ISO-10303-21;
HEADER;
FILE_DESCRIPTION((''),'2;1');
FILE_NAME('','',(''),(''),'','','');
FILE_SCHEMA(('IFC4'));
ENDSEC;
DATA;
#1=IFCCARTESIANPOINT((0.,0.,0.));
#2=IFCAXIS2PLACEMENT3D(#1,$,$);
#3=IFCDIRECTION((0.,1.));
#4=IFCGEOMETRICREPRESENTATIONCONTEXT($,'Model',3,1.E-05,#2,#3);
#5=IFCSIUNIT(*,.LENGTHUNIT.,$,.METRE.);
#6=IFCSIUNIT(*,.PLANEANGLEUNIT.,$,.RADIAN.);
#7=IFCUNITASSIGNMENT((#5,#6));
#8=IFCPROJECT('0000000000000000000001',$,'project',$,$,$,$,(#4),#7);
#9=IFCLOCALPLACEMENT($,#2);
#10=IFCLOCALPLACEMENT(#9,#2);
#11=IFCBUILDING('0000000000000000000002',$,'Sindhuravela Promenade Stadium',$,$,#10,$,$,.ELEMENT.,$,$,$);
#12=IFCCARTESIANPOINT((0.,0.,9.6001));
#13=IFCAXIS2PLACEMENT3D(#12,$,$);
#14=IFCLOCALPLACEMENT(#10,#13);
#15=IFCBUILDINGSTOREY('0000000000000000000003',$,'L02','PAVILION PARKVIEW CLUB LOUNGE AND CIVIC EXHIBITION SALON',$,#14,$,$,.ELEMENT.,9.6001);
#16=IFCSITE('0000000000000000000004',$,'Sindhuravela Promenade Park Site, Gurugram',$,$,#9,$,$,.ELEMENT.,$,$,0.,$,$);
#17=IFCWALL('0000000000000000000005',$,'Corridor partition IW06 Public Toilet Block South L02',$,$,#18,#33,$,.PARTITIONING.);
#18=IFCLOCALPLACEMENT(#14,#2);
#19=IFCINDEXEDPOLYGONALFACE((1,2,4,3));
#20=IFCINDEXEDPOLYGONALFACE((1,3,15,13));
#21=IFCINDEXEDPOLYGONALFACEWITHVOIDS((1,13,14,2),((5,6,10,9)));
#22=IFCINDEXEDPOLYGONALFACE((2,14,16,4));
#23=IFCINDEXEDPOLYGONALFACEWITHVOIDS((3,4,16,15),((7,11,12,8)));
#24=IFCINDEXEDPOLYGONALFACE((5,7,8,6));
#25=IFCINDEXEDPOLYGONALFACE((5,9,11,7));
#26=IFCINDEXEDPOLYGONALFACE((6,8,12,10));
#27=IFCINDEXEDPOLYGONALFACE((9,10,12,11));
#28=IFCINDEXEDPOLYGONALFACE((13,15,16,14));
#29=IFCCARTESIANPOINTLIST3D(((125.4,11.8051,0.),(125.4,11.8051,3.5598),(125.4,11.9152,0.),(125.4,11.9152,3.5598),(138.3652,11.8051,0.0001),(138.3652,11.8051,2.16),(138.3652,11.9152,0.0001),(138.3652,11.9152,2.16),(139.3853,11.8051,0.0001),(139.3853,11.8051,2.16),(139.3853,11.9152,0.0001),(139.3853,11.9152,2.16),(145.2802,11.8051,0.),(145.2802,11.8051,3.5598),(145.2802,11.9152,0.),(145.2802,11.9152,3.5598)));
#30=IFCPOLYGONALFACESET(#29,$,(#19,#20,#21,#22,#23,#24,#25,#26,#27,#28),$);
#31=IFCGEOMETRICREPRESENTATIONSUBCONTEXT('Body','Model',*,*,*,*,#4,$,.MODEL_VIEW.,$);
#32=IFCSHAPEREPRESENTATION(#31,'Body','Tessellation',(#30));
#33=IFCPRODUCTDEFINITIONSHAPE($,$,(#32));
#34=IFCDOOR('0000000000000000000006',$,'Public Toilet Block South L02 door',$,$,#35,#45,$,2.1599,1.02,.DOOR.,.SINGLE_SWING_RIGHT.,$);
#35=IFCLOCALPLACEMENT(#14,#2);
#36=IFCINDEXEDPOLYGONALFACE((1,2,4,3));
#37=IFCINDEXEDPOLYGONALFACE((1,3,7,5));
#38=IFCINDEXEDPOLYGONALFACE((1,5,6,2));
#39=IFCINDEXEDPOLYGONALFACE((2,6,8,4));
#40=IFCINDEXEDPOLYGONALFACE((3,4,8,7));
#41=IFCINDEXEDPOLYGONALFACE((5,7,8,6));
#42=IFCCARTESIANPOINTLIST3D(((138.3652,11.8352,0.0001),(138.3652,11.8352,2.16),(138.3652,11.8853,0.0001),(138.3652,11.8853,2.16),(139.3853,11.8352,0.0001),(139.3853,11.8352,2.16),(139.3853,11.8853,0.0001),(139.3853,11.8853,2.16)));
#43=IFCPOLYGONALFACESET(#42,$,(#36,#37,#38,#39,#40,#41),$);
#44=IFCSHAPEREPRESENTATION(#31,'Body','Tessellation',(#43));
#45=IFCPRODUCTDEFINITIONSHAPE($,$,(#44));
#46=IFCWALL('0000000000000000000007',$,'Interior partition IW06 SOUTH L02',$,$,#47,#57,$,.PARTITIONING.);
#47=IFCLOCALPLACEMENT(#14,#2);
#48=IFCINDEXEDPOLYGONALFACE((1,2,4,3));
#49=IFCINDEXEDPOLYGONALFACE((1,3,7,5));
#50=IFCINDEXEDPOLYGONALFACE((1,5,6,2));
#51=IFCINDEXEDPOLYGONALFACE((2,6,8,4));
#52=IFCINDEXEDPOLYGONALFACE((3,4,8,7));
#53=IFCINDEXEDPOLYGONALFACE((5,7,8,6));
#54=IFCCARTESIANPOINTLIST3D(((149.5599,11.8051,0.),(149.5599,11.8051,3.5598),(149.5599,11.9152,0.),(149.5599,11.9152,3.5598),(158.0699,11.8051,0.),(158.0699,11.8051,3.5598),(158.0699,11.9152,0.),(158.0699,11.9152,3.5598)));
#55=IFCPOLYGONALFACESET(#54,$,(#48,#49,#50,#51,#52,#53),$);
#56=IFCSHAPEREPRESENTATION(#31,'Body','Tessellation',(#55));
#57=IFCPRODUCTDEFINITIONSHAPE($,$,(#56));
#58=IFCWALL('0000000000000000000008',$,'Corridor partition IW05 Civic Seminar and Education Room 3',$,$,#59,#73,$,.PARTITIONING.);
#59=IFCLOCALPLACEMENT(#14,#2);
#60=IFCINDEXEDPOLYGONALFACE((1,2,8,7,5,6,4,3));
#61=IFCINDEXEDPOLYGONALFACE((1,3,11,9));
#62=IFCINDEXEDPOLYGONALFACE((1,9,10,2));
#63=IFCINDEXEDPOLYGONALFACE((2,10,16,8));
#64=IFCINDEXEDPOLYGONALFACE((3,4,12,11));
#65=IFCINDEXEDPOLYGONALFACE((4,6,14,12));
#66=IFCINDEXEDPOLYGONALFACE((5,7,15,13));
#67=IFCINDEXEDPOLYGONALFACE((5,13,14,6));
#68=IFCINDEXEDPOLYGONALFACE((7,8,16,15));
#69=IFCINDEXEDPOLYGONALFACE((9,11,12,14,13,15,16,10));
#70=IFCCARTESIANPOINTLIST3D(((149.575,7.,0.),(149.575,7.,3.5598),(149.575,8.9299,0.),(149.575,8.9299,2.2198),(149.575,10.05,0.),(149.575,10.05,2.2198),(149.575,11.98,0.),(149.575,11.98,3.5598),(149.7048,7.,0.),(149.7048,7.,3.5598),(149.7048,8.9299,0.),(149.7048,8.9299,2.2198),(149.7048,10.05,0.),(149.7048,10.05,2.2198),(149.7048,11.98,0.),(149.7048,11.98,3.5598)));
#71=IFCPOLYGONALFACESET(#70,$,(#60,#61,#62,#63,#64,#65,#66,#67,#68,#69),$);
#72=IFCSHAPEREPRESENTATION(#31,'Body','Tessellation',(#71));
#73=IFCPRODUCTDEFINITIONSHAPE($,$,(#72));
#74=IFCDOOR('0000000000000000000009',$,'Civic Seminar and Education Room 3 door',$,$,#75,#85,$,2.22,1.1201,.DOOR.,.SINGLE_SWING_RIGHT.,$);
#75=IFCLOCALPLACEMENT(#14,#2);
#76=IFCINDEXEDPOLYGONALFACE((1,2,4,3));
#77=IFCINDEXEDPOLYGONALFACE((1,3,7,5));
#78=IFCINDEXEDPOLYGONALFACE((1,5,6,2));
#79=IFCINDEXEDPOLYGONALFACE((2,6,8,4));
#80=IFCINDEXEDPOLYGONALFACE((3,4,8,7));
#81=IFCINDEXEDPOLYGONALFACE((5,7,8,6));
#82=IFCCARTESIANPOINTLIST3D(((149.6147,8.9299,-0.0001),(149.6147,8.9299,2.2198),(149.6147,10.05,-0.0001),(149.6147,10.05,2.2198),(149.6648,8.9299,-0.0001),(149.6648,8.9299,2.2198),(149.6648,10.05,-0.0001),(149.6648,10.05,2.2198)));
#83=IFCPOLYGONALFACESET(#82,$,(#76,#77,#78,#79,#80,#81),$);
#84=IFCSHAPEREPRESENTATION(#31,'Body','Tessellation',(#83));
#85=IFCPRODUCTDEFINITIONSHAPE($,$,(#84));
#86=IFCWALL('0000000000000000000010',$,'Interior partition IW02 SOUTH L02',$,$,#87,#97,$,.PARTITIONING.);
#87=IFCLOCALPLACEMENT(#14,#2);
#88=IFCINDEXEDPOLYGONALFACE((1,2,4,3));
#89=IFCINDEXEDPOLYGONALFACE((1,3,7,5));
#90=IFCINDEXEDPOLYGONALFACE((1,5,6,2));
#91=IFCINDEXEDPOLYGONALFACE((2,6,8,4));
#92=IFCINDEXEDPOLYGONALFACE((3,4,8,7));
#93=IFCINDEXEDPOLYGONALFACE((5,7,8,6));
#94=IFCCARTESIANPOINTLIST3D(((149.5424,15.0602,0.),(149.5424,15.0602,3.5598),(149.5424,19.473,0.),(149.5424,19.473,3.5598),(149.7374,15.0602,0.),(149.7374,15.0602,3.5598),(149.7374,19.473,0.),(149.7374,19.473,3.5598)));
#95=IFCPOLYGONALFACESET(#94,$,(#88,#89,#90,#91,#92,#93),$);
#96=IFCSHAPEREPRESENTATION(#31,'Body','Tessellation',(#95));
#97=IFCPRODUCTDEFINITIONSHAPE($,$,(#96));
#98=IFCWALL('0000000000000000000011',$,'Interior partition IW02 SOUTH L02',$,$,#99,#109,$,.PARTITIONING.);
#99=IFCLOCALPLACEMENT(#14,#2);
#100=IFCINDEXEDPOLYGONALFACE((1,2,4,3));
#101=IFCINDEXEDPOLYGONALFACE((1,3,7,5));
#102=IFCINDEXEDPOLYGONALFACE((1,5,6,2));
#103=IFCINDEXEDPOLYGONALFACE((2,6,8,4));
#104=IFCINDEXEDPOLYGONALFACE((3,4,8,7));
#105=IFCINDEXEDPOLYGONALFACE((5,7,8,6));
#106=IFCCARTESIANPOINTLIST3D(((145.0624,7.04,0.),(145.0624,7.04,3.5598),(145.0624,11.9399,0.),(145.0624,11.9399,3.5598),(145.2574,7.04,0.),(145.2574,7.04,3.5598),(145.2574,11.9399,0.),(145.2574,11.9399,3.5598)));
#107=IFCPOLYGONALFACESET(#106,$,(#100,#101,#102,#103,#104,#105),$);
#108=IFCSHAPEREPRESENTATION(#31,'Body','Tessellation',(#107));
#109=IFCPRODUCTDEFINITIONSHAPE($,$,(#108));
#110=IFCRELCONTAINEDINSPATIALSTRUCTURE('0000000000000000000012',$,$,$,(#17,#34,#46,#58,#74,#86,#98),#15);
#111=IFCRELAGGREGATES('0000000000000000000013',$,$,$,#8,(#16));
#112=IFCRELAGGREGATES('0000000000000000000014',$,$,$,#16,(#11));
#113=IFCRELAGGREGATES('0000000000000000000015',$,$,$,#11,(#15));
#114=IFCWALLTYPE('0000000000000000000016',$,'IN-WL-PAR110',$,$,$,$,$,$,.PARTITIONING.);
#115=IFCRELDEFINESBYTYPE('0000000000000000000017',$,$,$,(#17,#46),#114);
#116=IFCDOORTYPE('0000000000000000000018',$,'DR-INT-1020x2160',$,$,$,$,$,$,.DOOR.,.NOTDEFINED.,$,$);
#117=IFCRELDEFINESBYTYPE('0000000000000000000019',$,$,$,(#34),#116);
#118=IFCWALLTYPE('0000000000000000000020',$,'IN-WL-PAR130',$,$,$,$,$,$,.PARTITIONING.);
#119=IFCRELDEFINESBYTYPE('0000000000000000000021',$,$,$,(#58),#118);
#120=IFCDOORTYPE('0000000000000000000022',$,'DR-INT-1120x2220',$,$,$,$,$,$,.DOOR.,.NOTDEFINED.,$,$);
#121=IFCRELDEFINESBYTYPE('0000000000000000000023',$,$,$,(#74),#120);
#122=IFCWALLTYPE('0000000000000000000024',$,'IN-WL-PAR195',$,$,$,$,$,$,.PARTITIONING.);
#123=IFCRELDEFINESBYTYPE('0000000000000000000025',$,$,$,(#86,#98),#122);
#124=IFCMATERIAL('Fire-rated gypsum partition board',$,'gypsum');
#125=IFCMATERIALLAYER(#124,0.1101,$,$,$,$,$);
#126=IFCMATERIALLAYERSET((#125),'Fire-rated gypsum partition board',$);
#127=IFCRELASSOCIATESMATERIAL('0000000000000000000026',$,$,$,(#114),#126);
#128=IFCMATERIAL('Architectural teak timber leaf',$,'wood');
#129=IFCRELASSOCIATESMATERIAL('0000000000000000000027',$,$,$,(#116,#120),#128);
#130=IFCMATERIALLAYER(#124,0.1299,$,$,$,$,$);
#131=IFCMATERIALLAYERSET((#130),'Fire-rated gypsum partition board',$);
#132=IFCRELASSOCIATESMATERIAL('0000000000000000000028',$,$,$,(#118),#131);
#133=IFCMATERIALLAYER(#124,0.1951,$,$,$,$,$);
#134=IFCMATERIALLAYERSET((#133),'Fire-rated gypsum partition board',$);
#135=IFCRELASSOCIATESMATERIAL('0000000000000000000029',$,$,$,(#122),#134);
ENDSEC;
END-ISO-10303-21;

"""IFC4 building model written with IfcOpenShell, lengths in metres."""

from ifc_helpers import new_model, si_unit, direction, frame, frame_2d, origin, place, context, subcontext, project, spatial, rectangle, extrude, material, layer, layer_set, type_object, element, fill, save


model = new_model("IFC4")

# Units and contexts
model_context = context("Model", 3, precision=1e-05, world=origin(), true_north=direction((0.0, 1.0)))
body_context = subcontext(model_context, "Body", "Model", "MODEL_VIEW")
ifc_project = project(units=[si_unit("LENGTHUNIT", "METRE"), si_unit("PLANEANGLEUNIT", "RADIAN")], contexts=[model_context])

# Site, building, storey
site_placement = place(None, origin())
site = spatial("IfcSite", under=ifc_project, at=site_placement, Name="Sindhuravela Promenade Park Site, Gurugram", CompositionType="ELEMENT", RefElevation=0.0)
building_placement = place(site_placement, origin())
building = spatial("IfcBuilding", under=site, at=building_placement, Name="Sindhuravela Promenade Stadium", CompositionType="ELEMENT")
storey_placement = place(building_placement, frame((0.0, 0.0, 9.6001)))
storey = spatial("IfcBuildingStorey", under=building, at=storey_placement, Name="L02", Description="PAVILION PARKVIEW CLUB LOUNGE AND CIVIC EXHIBITION SALON", CompositionType="ELEMENT", Elevation=9.6001)

# Wall, opening, door
ifc_material_1 = material(Name="Fire-rated gypsum partition board", Category="gypsum")
ifc_layer_1 = layer(ifc_material_1, 0.1101)
ifc_layer_set_1 = layer_set([ifc_layer_1], Name="Fire-rated gypsum partition board")
wall_type_1 = type_object("IfcWallType", Name="IN-WL-PAR110", PredefinedType="PARTITIONING", material=ifc_layer_set_1)
wall_1_placement = place(storey_placement, frame((145.28, 11.8601, 0.0), z_axis=(0.0, 0.0, 1.0), x_axis=(-1.0, 0.0, 0.0)))
wall_1 = element("IfcWall", 1, at=wall_1_placement, inside=storey, type_object=wall_type_1, Name="Corridor partition IW06 Public Toilet Block South L02", PredefinedType="PARTITIONING", context=body_context, shape_type="SweptSolid", body=[
    extrude(rectangle(XDim=19.8801, YDim=0.1101, at=frame_2d((9.9399, 0.0))), origin(), (0.0, 0.0, 1.0), 3.5598),
])
opening_1_placement = place(wall_1_placement, frame((5.8948, 0.0, 0.0)))
opening_1 = element("IfcOpeningElement", 2, at=opening_1_placement, cuts=wall_1, PredefinedType="OPENING", context=body_context, shape_type="SweptSolid", body=[
    extrude(rectangle(XDim=1.02, YDim=2.1599, at=frame_2d((0.51, 1.0801))), frame((0.0, 0.0649, 0.0), z_axis=(0.0, -1.0, 0.0), x_axis=(1.0, 0.0, 0.0)), (0.0, 0.0, 1.0), 0.1301),
])
ifc_material_2 = material(Name="Architectural teak timber leaf", Category="wood")
door_type_1 = type_object("IfcDoorType", Name="DR-INT-1020x2160", OperationType="NOTDEFINED", PredefinedType="DOOR", material=ifc_material_2)
door_1_placement = place(opening_1_placement, origin())
door_1 = element("IfcDoor", 3, at=door_1_placement, inside=storey, type_object=door_type_1, Name="Public Toilet Block South L02 door", OperationType="SINGLE_SWING_RIGHT", OverallHeight=2.1599, OverallWidth=1.02, PredefinedType="DOOR", context=body_context, shape_type="SweptSolid", body=[
    extrude(rectangle(XDim=1.02, YDim=2.1599, at=frame_2d((0.51, 1.0801))), frame((0.0, 0.0249, 0.0), z_axis=(0.0, -1.0, 0.0), x_axis=(1.0, 0.0, 0.0)), (0.0, 0.0, 1.0), 0.05),
])
fill(opening_1, door_1)

# Wall
wall_2_placement = place(storey_placement, frame((149.5601, 11.8601, 0.0), z_axis=(0.0, 0.0, 1.0), x_axis=(1.0, 0.0, 0.0)))
element("IfcWall", 4, at=wall_2_placement, inside=storey, type_object=wall_type_1, Name="Interior partition IW06 SOUTH L02", PredefinedType="PARTITIONING", context=body_context, shape_type="SweptSolid", body=[
    extrude(rectangle(XDim=8.51, YDim=0.1101, at=frame_2d((4.2549, 0.0))), origin(), (0.0, 0.0, 1.0), 3.5598),
])

# Wall, opening, door
ifc_layer_2 = layer(ifc_material_1, 0.1299)
ifc_layer_set_2 = layer_set([ifc_layer_2], Name="Fire-rated gypsum partition board")
wall_type_2 = type_object("IfcWallType", Name="IN-WL-PAR130", PredefinedType="PARTITIONING", material=ifc_layer_set_2)
wall_3_placement = place(storey_placement, frame((149.6399, 11.98, 0.0), z_axis=(0.0, 0.0, 1.0), x_axis=(0.0, -1.0, 0.0)))
wall_3 = element("IfcWall", 5, at=wall_3_placement, inside=storey, type_object=wall_type_2, Name="Corridor partition IW05 Civic Seminar and Education Room 3", PredefinedType="PARTITIONING", context=body_context, shape_type="SweptSolid", body=[
    extrude(rectangle(XDim=4.98, YDim=0.1299, at=frame_2d((2.49, 0.0))), origin(), (0.0, 0.0, 1.0), 3.5598),
])
opening_2_placement = place(wall_3_placement, frame((1.9299, 0.0, 0.0)))
opening_2 = element("IfcOpeningElement", 6, at=opening_2_placement, cuts=wall_3, PredefinedType="OPENING", context=body_context, shape_type="SweptSolid", body=[
    extrude(rectangle(XDim=1.1201, YDim=2.22, at=frame_2d((0.5601, 1.1099))), frame((0.0, 0.075, 0.0), z_axis=(0.0, -1.0, 0.0), x_axis=(1.0, 0.0, 0.0)), (0.0, 0.0, 1.0), 0.1499),
])
door_type_2 = type_object("IfcDoorType", Name="DR-INT-1120x2220", OperationType="NOTDEFINED", PredefinedType="DOOR", material=ifc_material_2)
door_2_placement = place(opening_2_placement, origin())
door_2 = element("IfcDoor", 7, at=door_2_placement, inside=storey, type_object=door_type_2, Name="Civic Seminar and Education Room 3 door", OperationType="SINGLE_SWING_RIGHT", OverallHeight=2.22, OverallWidth=1.1201, PredefinedType="DOOR", context=body_context, shape_type="SweptSolid", body=[
    extrude(rectangle(XDim=1.1201, YDim=2.22, at=frame_2d((0.5601, 1.1099))), frame((0.0, 0.0249, 0.0), z_axis=(0.0, -1.0, 0.0), x_axis=(1.0, 0.0, 0.0)), (0.0, 0.0, 1.0), 0.05),
])
fill(opening_2, door_2)

# Walls
ifc_layer_3 = layer(ifc_material_1, 0.1951)
ifc_layer_set_3 = layer_set([ifc_layer_3], Name="Fire-rated gypsum partition board")
wall_type_3 = type_object("IfcWallType", Name="IN-WL-PAR195", PredefinedType="PARTITIONING", material=ifc_layer_set_3)
wall_4_placement = place(storey_placement, frame((149.6399, 15.0601, 0.0), z_axis=(0.0, 0.0, 1.0), x_axis=(0.0, 1.0, 0.0)))
element("IfcWall", 8, at=wall_4_placement, inside=storey, type_object=wall_type_3, Name="Interior partition IW02 SOUTH L02", PredefinedType="PARTITIONING", context=body_context, shape_type="SweptSolid", body=[
    extrude(rectangle(XDim=4.4128, YDim=0.1951, at=frame_2d((2.2065, 0.0))), origin(), (0.0, 0.0, 1.0), 3.5598),
])
wall_5_placement = place(storey_placement, frame((145.1599, 11.9399, 0.0), z_axis=(0.0, 0.0, 1.0), x_axis=(0.0, -1.0, 0.0)))
element("IfcWall", 9, at=wall_5_placement, inside=storey, type_object=wall_type_3, Name="Interior partition IW02 SOUTH L02", PredefinedType="PARTITIONING", context=body_context, shape_type="SweptSolid", body=[
    extrude(rectangle(XDim=4.8999, YDim=0.1951, at=frame_2d((2.45, 0.0))), origin(), (0.0, 0.0, 1.0), 3.5598),
])

save(model, "model.ifc")
